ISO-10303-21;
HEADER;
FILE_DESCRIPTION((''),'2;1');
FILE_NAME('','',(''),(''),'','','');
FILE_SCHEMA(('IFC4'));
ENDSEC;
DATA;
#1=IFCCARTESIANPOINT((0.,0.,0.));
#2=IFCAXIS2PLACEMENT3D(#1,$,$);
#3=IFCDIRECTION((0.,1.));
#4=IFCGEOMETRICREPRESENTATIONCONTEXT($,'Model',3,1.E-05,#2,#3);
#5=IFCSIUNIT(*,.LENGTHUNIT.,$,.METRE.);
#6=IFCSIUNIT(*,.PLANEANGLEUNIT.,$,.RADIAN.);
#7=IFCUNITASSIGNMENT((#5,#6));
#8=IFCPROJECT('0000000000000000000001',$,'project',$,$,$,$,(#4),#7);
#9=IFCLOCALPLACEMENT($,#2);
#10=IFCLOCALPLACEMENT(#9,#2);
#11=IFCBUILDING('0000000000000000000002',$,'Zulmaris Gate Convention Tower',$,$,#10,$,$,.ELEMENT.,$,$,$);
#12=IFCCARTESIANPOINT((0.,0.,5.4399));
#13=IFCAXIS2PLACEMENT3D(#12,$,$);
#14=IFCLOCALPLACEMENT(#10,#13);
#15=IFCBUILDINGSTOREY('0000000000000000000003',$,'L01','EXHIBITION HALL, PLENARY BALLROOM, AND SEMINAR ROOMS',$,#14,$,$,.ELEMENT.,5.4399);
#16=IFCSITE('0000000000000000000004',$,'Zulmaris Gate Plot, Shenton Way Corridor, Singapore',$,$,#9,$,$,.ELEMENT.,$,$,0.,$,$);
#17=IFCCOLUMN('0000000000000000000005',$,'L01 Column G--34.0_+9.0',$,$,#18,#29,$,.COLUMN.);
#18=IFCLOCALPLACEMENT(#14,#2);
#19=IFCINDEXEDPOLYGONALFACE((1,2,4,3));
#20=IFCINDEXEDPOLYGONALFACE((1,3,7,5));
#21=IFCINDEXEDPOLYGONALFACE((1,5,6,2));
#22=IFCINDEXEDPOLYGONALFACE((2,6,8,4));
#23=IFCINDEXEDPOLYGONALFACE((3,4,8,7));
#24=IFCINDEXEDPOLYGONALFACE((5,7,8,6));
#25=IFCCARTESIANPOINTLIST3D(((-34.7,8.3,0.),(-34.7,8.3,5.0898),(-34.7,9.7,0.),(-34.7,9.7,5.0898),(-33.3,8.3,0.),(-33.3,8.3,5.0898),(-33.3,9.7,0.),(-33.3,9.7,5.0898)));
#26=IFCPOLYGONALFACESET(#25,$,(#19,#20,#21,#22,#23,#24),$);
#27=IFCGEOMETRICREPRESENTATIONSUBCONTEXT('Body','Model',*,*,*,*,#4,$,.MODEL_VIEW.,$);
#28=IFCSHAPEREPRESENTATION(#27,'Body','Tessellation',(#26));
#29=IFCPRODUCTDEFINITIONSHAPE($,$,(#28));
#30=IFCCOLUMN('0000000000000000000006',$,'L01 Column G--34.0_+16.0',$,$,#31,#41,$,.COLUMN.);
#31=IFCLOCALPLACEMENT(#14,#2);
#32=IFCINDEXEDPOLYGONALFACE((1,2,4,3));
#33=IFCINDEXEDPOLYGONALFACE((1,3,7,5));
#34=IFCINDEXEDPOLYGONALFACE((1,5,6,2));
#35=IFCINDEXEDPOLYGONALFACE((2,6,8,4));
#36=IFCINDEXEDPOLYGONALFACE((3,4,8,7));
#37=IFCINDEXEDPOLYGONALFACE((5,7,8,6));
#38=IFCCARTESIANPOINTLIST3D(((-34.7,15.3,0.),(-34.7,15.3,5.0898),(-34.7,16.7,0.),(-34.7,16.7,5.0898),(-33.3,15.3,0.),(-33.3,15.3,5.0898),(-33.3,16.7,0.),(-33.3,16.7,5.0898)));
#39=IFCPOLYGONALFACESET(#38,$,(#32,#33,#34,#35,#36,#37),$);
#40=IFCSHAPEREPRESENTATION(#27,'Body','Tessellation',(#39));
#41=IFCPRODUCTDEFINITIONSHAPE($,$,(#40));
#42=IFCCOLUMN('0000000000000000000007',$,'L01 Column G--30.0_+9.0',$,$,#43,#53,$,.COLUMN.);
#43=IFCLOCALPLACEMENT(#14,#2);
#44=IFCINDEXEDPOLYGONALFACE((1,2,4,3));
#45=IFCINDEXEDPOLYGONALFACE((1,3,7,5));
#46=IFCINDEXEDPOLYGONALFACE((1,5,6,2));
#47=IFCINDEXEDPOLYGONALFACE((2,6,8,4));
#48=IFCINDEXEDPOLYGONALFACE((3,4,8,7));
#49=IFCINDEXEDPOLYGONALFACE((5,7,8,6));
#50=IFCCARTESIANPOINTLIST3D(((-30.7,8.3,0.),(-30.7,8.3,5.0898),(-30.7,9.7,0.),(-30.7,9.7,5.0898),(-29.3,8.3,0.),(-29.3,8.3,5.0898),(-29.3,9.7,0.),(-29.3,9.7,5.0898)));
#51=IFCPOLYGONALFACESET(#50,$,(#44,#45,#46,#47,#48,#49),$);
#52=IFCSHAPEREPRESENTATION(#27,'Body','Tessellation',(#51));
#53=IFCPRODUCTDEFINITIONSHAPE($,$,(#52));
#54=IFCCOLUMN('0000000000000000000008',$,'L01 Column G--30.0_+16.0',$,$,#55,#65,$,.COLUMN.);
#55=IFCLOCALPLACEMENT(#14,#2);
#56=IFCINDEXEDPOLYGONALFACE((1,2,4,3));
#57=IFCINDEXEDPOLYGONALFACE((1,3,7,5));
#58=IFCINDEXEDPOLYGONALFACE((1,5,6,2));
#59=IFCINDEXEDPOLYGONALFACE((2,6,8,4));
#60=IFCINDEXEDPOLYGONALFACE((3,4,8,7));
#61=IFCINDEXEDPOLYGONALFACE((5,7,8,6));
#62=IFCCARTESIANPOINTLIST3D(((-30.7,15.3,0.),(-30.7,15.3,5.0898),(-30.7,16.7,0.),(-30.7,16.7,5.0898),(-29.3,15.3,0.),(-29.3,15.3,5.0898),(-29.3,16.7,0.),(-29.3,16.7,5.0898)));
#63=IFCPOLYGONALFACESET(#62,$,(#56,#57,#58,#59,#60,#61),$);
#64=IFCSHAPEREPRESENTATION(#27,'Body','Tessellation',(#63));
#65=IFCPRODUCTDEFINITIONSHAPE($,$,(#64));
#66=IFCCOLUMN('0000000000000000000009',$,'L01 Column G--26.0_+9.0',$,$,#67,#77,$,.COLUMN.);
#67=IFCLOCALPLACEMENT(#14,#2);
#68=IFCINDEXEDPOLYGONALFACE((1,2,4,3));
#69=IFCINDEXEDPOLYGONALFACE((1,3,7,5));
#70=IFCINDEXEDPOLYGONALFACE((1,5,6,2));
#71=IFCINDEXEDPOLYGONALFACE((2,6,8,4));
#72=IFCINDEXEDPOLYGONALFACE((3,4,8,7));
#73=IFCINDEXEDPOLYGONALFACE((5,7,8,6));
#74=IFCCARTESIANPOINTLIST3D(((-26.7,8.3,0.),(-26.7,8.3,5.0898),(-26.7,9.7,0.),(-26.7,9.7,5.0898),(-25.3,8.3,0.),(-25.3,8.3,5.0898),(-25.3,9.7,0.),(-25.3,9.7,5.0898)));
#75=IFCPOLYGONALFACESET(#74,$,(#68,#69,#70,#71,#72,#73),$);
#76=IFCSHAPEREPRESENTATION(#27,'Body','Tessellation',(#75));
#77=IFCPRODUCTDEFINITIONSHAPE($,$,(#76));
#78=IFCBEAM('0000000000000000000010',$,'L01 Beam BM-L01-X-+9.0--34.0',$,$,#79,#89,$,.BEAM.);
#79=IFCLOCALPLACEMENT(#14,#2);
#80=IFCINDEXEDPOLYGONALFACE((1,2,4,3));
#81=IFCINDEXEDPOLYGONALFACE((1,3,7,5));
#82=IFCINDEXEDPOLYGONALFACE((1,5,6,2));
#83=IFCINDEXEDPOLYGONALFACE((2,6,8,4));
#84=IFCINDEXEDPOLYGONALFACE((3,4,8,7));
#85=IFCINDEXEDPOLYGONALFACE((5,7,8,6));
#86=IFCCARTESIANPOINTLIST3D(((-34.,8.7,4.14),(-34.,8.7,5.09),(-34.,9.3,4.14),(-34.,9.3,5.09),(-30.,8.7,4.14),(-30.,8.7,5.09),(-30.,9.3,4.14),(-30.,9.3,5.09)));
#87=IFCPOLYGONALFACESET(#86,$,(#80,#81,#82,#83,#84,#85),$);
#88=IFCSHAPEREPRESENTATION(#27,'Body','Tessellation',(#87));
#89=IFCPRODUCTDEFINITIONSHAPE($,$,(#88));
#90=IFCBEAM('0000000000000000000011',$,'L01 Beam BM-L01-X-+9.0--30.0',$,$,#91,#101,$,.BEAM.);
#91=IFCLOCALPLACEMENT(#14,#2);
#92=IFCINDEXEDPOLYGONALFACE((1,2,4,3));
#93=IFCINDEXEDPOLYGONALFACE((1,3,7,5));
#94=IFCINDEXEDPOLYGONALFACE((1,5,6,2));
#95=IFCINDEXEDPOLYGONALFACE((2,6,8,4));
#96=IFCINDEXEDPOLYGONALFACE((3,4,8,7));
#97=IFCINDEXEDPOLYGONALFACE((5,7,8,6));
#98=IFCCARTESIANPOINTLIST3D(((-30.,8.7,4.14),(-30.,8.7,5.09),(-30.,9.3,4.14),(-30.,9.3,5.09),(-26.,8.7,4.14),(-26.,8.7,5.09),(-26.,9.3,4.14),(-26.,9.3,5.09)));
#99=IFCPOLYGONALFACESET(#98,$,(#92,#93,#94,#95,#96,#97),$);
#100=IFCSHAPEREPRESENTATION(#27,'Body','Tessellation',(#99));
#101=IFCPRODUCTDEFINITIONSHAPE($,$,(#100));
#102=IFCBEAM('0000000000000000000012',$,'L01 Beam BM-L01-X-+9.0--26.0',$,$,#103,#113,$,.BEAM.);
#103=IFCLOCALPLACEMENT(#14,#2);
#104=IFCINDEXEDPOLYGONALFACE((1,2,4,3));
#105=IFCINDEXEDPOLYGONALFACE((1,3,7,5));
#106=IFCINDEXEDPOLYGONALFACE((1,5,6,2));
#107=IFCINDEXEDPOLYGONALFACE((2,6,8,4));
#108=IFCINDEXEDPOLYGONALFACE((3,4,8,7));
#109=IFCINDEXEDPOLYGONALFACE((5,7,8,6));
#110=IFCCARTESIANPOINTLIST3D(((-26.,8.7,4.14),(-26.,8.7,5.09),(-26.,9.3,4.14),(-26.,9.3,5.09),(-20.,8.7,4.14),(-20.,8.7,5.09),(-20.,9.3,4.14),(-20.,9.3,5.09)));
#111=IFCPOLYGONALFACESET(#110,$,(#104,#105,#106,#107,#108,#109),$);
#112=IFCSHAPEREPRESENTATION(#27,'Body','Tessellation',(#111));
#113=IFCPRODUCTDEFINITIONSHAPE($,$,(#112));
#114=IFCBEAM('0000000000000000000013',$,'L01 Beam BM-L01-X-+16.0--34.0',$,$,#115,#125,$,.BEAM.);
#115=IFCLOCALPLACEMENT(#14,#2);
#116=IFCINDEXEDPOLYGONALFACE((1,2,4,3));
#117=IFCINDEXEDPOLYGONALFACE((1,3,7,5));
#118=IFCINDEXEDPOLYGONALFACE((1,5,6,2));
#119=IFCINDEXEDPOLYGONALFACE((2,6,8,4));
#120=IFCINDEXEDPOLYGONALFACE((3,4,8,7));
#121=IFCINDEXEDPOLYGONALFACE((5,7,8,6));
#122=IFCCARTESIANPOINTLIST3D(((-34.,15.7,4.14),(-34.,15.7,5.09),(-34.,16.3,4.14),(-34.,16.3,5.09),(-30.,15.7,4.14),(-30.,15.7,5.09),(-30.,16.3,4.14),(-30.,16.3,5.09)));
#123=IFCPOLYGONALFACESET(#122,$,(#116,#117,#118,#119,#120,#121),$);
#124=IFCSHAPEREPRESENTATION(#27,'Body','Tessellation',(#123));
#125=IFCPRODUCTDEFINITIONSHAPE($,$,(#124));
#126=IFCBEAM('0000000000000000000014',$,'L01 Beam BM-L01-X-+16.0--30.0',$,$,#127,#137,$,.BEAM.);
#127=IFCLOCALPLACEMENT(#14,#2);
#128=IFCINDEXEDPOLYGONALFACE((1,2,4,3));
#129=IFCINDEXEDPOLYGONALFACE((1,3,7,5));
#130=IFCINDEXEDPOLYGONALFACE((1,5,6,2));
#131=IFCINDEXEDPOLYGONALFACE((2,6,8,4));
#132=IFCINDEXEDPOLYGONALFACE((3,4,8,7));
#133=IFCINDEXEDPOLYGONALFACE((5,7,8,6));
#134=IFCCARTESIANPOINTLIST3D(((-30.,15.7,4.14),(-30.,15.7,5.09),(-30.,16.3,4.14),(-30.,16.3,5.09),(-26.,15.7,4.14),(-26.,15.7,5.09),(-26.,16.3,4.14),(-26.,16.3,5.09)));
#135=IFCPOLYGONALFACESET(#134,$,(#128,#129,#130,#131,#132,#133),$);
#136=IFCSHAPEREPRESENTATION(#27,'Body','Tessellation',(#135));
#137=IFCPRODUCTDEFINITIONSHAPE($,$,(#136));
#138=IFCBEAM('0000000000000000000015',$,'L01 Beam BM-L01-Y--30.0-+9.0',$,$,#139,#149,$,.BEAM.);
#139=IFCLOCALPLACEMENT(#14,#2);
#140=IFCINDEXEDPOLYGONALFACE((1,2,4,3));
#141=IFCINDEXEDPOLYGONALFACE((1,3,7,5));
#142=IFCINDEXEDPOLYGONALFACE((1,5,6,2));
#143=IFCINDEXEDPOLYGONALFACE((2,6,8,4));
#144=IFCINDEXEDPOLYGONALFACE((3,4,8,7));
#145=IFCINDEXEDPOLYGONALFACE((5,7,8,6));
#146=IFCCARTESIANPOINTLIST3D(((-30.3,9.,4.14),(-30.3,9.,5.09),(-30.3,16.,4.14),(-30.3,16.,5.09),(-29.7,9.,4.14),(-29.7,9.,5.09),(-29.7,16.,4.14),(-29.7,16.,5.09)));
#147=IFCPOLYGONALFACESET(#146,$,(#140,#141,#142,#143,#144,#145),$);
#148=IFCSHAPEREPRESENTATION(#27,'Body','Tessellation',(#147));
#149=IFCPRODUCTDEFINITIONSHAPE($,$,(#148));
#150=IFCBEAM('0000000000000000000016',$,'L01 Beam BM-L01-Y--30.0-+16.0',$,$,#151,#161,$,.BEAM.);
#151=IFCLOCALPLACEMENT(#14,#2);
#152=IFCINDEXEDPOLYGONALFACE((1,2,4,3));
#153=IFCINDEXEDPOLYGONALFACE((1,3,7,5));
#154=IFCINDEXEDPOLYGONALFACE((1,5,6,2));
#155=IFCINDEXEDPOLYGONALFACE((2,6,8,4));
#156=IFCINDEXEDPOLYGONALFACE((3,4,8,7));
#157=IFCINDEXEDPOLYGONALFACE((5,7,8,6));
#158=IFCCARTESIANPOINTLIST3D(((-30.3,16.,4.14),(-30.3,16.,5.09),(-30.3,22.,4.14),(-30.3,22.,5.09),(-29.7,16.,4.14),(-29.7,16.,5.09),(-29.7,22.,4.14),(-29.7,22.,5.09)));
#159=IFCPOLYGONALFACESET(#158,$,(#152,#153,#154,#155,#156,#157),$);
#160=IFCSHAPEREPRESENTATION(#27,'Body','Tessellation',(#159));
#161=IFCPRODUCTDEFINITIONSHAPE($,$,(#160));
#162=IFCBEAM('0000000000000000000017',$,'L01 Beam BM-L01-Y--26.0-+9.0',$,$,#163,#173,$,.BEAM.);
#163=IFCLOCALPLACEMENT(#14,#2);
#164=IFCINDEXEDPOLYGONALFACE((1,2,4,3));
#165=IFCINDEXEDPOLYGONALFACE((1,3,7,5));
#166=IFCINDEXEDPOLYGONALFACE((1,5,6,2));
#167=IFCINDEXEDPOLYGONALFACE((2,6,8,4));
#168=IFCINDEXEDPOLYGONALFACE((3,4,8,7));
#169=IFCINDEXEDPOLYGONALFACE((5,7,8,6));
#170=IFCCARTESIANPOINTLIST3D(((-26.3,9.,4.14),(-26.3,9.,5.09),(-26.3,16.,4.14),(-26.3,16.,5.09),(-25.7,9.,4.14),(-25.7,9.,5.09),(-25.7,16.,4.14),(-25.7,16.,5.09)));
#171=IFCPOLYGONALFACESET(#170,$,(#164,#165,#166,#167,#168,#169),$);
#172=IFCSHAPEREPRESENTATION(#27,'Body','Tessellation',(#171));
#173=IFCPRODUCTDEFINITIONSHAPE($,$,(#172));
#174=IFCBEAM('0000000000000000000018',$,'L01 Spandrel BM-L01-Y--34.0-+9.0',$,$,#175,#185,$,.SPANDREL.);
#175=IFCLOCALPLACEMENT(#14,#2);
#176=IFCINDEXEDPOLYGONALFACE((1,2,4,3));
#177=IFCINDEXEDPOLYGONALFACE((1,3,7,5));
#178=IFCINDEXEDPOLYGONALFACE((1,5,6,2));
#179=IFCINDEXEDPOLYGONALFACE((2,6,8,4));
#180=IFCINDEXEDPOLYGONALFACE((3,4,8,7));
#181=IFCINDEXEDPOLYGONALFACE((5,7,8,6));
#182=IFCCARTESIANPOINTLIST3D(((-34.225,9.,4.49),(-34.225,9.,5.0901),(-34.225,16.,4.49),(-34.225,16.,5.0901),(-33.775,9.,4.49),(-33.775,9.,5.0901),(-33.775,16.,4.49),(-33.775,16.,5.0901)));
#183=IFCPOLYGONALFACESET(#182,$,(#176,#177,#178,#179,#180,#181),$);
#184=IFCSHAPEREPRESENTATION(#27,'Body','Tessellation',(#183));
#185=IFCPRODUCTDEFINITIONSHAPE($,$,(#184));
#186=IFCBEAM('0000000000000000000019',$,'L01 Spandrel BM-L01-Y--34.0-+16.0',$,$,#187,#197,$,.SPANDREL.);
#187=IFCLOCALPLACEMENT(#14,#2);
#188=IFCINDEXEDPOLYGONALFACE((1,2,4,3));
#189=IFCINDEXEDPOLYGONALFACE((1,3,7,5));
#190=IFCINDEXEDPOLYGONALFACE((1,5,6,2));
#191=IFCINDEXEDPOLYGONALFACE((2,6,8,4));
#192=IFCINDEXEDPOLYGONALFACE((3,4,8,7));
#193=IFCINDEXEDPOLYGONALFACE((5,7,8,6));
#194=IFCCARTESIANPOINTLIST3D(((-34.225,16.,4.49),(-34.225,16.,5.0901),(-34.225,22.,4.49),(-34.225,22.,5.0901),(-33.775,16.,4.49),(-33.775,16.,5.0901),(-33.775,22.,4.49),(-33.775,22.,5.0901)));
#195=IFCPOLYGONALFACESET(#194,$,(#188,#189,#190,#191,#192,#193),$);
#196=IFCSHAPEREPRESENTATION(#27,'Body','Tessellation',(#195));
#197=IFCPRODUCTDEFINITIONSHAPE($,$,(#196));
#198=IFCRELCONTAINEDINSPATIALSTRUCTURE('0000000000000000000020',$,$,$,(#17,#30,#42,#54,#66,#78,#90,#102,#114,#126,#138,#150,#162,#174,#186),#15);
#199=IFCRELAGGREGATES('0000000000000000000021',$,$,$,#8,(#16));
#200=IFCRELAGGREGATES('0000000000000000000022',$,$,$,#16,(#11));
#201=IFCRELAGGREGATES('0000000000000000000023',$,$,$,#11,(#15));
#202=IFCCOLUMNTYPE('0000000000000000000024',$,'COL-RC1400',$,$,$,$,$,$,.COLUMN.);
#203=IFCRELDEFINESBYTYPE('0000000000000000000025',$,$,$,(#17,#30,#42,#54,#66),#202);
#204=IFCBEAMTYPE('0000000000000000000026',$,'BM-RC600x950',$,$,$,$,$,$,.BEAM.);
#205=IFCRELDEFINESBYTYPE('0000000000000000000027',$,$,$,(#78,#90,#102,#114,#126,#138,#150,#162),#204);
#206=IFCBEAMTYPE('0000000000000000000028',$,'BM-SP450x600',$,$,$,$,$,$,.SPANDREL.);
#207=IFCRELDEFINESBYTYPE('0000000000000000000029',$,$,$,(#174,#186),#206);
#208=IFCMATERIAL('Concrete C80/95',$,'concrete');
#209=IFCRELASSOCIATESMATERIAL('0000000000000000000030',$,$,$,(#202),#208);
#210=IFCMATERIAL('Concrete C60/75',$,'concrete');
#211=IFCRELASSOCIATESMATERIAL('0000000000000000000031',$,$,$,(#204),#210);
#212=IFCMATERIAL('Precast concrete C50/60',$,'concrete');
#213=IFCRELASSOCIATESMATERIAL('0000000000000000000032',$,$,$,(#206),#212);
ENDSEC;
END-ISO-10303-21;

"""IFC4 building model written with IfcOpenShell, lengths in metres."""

from ifc_helpers import new_model, si_unit, direction, frame, origin, origin_2d, place, context, subcontext, project, spatial, rectangle, extrude, material, material_profile, profile_set, type_object, element, save


model = new_model("IFC4")

# Units and contexts
model_context = context("Model", 3, precision=1e-05, world=origin(), true_north=direction((0.0, 1.0)))
body_context = subcontext(model_context, "Body", "Model", "MODEL_VIEW")
ifc_project = project(units=[si_unit("LENGTHUNIT", "METRE"), si_unit("PLANEANGLEUNIT", "RADIAN")], contexts=[model_context])

# Site, building, storey
site_placement = place(None, origin())
site = spatial("IfcSite", under=ifc_project, at=site_placement, Name="Zulmaris Gate Plot, Shenton Way Corridor, Singapore", CompositionType="ELEMENT", RefElevation=0.0)
building_placement = place(site_placement, origin())
building = spatial("IfcBuilding", under=site, at=building_placement, Name="Zulmaris Gate Convention Tower", CompositionType="ELEMENT")
storey_placement = place(building_placement, frame((0.0, 0.0, 5.4399)))
storey = spatial("IfcBuildingStorey", under=building, at=storey_placement, Name="L01", Description="EXHIBITION HALL, PLENARY BALLROOM, AND SEMINAR ROOMS", CompositionType="ELEMENT", Elevation=5.4399)

# Columns
ifc_material_1 = material(Name="Concrete C80/95", Category="concrete")
ifc_material_profile_1 = material_profile(ifc_material_1, rectangle(XDim=1.3999, YDim=1.3999, at=origin_2d()), Name="RC COL 1400x1400")
ifc_profile_set_1 = profile_set([ifc_material_profile_1], Name="Concrete C80/95")
column_type = type_object("IfcColumnType", Name="COL-RC1400", PredefinedType="COLUMN", material=ifc_profile_set_1)
for number, where, z_axis, x_axis, name in (
    (1, (-34.0, 9.0, 0.0), (0.0, 0.0, 1.0), (1.0, 0.0, 0.0), "L01 Column G--34.0_+9.0"),
    (2, (-34.0, 16.0, 0.0), (0.0, 0.0, 1.0), (1.0, 0.0, 0.0), "L01 Column G--34.0_+16.0"),
    (3, (-30.0, 9.0, 0.0), (0.0, 0.0, 1.0), (1.0, 0.0, 0.0), "L01 Column G--30.0_+9.0"),
    (4, (-30.0, 16.0, 0.0), (0.0, 0.0, 1.0), (1.0, 0.0, 0.0), "L01 Column G--30.0_+16.0"),
    (5, (-26.0, 9.0, 0.0), (0.0, 0.0, 1.0), (1.0, 0.0, 0.0), "L01 Column G--26.0_+9.0"),
):
    element("IfcColumn", number, at=place(storey_placement, frame(where, z_axis=z_axis, x_axis=x_axis)), inside=storey, type_object=column_type, Name=name, PredefinedType="COLUMN", context=body_context, shape_type="SweptSolid", body=[
        extrude(rectangle(XDim=1.3999, YDim=1.3999, at=origin_2d()), origin(), (0.0, 0.0, 1.0), 5.0898),
    ])

# Beams
ifc_material_2 = material(Name="Concrete C60/75", Category="concrete")
ifc_material_profile_2 = material_profile(ifc_material_2, rectangle(XDim=0.6001, YDim=0.95, at=origin_2d()), Name="RC BEAM 600x950")
ifc_profile_set_2 = profile_set([ifc_material_profile_2], Name="Concrete C60/75")
beam_type_1 = type_object("IfcBeamType", Name="BM-RC600x950", PredefinedType="BEAM", material=ifc_profile_set_2)
for number, where, z_axis, x_axis, name in (
    (6, (-34.0, 9.0, 4.615), (1.0, 0.0, 0.0), (0.0, 1.0, 0.0), "L01 Beam BM-L01-X-+9.0--34.0"),
    (7, (-30.0, 9.0, 4.615), (1.0, 0.0, 0.0), (0.0, 1.0, 0.0), "L01 Beam BM-L01-X-+9.0--30.0"),
):
    element("IfcBeam", number, at=place(storey_placement, frame(where, z_axis=z_axis, x_axis=x_axis)), inside=storey, type_object=beam_type_1, Name=name, PredefinedType="BEAM", context=body_context, shape_type="SweptSolid", body=[
        extrude(rectangle(XDim=0.6001, YDim=0.95, at=origin_2d()), origin(), (0.0, 0.0, 1.0), 4.0),
    ])
beam_1_placement = place(storey_placement, frame((-26.0, 9.0, 4.615), z_axis=(1.0, 0.0, 0.0), x_axis=(0.0, 1.0, 0.0)))
element("IfcBeam", 8, at=beam_1_placement, inside=storey, type_object=beam_type_1, Name="L01 Beam BM-L01-X-+9.0--26.0", PredefinedType="BEAM", context=body_context, shape_type="SweptSolid", body=[
    extrude(rectangle(XDim=0.6001, YDim=0.95, at=origin_2d()), origin(), (0.0, 0.0, 1.0), 6.0),
])
for number, where, z_axis, x_axis, name in (
    (9, (-34.0, 16.0, 4.615), (1.0, 0.0, 0.0), (0.0, 1.0, 0.0), "L01 Beam BM-L01-X-+16.0--34.0"),
    (10, (-30.0, 16.0, 4.615), (1.0, 0.0, 0.0), (0.0, 1.0, 0.0), "L01 Beam BM-L01-X-+16.0--30.0"),
):
    element("IfcBeam", number, at=place(storey_placement, frame(where, z_axis=z_axis, x_axis=x_axis)), inside=storey, type_object=beam_type_1, Name=name, PredefinedType="BEAM", context=body_context, shape_type="SweptSolid", body=[
        extrude(rectangle(XDim=0.6001, YDim=0.95, at=origin_2d()), origin(), (0.0, 0.0, 1.0), 4.0),
    ])
beam_2_placement = place(storey_placement, frame((-30.0, 9.0, 4.615), z_axis=(0.0, 1.0, 0.0), x_axis=(-1.0, 0.0, 0.0)))
element("IfcBeam", 11, at=beam_2_placement, inside=storey, type_object=beam_type_1, Name="L01 Beam BM-L01-Y--30.0-+9.0", PredefinedType="BEAM", context=body_context, shape_type="SweptSolid", body=[
    extrude(rectangle(XDim=0.6001, YDim=0.95, at=origin_2d()), origin(), (0.0, 0.0, 1.0), 7.0),
])
beam_3_placement = place(storey_placement, frame((-30.0, 16.0, 4.615), z_axis=(0.0, 1.0, 0.0), x_axis=(-1.0, 0.0, 0.0)))
element("IfcBeam", 12, at=beam_3_placement, inside=storey, type_object=beam_type_1, Name="L01 Beam BM-L01-Y--30.0-+16.0", PredefinedType="BEAM", context=body_context, shape_type="SweptSolid", body=[
    extrude(rectangle(XDim=0.6001, YDim=0.95, at=origin_2d()), origin(), (0.0, 0.0, 1.0), 6.0),
])
beam_4_placement = place(storey_placement, frame((-26.0, 9.0, 4.615), z_axis=(0.0, 1.0, 0.0), x_axis=(-1.0, 0.0, 0.0)))
element("IfcBeam", 13, at=beam_4_placement, inside=storey, type_object=beam_type_1, Name="L01 Beam BM-L01-Y--26.0-+9.0", PredefinedType="BEAM", context=body_context, shape_type="SweptSolid", body=[
    extrude(rectangle(XDim=0.6001, YDim=0.95, at=origin_2d()), origin(), (0.0, 0.0, 1.0), 7.0),
])
ifc_material_3 = material(Name="Precast concrete C50/60", Category="concrete")
ifc_material_profile_3 = material_profile(ifc_material_3, rectangle(XDim=0.45, YDim=0.6001, at=origin_2d()), Name="RC SPANDREL 450x600")
ifc_profile_set_3 = profile_set([ifc_material_profile_3], Name="Precast concrete C50/60")
beam_type_2 = type_object("IfcBeamType", Name="BM-SP450x600", PredefinedType="SPANDREL", material=ifc_profile_set_3)
beam_5_placement = place(storey_placement, frame((-34.0, 9.0, 4.79), z_axis=(0.0, 1.0, 0.0), x_axis=(-1.0, 0.0, 0.0)))
element("IfcBeam", 14, at=beam_5_placement, inside=storey, type_object=beam_type_2, Name="L01 Spandrel BM-L01-Y--34.0-+9.0", PredefinedType="SPANDREL", context=body_context, shape_type="SweptSolid", body=[
    extrude(rectangle(XDim=0.45, YDim=0.6001, at=origin_2d()), origin(), (0.0, 0.0, 1.0), 7.0),
])
beam_6_placement = place(storey_placement, frame((-34.0, 16.0, 4.79), z_axis=(0.0, 1.0, 0.0), x_axis=(-1.0, 0.0, 0.0)))
element("IfcBeam", 15, at=beam_6_placement, inside=storey, type_object=beam_type_2, Name="L01 Spandrel BM-L01-Y--34.0-+16.0", PredefinedType="SPANDREL", context=body_context, shape_type="SweptSolid", body=[
    extrude(rectangle(XDim=0.45, YDim=0.6001, at=origin_2d()), origin(), (0.0, 0.0, 1.0), 6.0),
])

save(model, "model.ifc")
